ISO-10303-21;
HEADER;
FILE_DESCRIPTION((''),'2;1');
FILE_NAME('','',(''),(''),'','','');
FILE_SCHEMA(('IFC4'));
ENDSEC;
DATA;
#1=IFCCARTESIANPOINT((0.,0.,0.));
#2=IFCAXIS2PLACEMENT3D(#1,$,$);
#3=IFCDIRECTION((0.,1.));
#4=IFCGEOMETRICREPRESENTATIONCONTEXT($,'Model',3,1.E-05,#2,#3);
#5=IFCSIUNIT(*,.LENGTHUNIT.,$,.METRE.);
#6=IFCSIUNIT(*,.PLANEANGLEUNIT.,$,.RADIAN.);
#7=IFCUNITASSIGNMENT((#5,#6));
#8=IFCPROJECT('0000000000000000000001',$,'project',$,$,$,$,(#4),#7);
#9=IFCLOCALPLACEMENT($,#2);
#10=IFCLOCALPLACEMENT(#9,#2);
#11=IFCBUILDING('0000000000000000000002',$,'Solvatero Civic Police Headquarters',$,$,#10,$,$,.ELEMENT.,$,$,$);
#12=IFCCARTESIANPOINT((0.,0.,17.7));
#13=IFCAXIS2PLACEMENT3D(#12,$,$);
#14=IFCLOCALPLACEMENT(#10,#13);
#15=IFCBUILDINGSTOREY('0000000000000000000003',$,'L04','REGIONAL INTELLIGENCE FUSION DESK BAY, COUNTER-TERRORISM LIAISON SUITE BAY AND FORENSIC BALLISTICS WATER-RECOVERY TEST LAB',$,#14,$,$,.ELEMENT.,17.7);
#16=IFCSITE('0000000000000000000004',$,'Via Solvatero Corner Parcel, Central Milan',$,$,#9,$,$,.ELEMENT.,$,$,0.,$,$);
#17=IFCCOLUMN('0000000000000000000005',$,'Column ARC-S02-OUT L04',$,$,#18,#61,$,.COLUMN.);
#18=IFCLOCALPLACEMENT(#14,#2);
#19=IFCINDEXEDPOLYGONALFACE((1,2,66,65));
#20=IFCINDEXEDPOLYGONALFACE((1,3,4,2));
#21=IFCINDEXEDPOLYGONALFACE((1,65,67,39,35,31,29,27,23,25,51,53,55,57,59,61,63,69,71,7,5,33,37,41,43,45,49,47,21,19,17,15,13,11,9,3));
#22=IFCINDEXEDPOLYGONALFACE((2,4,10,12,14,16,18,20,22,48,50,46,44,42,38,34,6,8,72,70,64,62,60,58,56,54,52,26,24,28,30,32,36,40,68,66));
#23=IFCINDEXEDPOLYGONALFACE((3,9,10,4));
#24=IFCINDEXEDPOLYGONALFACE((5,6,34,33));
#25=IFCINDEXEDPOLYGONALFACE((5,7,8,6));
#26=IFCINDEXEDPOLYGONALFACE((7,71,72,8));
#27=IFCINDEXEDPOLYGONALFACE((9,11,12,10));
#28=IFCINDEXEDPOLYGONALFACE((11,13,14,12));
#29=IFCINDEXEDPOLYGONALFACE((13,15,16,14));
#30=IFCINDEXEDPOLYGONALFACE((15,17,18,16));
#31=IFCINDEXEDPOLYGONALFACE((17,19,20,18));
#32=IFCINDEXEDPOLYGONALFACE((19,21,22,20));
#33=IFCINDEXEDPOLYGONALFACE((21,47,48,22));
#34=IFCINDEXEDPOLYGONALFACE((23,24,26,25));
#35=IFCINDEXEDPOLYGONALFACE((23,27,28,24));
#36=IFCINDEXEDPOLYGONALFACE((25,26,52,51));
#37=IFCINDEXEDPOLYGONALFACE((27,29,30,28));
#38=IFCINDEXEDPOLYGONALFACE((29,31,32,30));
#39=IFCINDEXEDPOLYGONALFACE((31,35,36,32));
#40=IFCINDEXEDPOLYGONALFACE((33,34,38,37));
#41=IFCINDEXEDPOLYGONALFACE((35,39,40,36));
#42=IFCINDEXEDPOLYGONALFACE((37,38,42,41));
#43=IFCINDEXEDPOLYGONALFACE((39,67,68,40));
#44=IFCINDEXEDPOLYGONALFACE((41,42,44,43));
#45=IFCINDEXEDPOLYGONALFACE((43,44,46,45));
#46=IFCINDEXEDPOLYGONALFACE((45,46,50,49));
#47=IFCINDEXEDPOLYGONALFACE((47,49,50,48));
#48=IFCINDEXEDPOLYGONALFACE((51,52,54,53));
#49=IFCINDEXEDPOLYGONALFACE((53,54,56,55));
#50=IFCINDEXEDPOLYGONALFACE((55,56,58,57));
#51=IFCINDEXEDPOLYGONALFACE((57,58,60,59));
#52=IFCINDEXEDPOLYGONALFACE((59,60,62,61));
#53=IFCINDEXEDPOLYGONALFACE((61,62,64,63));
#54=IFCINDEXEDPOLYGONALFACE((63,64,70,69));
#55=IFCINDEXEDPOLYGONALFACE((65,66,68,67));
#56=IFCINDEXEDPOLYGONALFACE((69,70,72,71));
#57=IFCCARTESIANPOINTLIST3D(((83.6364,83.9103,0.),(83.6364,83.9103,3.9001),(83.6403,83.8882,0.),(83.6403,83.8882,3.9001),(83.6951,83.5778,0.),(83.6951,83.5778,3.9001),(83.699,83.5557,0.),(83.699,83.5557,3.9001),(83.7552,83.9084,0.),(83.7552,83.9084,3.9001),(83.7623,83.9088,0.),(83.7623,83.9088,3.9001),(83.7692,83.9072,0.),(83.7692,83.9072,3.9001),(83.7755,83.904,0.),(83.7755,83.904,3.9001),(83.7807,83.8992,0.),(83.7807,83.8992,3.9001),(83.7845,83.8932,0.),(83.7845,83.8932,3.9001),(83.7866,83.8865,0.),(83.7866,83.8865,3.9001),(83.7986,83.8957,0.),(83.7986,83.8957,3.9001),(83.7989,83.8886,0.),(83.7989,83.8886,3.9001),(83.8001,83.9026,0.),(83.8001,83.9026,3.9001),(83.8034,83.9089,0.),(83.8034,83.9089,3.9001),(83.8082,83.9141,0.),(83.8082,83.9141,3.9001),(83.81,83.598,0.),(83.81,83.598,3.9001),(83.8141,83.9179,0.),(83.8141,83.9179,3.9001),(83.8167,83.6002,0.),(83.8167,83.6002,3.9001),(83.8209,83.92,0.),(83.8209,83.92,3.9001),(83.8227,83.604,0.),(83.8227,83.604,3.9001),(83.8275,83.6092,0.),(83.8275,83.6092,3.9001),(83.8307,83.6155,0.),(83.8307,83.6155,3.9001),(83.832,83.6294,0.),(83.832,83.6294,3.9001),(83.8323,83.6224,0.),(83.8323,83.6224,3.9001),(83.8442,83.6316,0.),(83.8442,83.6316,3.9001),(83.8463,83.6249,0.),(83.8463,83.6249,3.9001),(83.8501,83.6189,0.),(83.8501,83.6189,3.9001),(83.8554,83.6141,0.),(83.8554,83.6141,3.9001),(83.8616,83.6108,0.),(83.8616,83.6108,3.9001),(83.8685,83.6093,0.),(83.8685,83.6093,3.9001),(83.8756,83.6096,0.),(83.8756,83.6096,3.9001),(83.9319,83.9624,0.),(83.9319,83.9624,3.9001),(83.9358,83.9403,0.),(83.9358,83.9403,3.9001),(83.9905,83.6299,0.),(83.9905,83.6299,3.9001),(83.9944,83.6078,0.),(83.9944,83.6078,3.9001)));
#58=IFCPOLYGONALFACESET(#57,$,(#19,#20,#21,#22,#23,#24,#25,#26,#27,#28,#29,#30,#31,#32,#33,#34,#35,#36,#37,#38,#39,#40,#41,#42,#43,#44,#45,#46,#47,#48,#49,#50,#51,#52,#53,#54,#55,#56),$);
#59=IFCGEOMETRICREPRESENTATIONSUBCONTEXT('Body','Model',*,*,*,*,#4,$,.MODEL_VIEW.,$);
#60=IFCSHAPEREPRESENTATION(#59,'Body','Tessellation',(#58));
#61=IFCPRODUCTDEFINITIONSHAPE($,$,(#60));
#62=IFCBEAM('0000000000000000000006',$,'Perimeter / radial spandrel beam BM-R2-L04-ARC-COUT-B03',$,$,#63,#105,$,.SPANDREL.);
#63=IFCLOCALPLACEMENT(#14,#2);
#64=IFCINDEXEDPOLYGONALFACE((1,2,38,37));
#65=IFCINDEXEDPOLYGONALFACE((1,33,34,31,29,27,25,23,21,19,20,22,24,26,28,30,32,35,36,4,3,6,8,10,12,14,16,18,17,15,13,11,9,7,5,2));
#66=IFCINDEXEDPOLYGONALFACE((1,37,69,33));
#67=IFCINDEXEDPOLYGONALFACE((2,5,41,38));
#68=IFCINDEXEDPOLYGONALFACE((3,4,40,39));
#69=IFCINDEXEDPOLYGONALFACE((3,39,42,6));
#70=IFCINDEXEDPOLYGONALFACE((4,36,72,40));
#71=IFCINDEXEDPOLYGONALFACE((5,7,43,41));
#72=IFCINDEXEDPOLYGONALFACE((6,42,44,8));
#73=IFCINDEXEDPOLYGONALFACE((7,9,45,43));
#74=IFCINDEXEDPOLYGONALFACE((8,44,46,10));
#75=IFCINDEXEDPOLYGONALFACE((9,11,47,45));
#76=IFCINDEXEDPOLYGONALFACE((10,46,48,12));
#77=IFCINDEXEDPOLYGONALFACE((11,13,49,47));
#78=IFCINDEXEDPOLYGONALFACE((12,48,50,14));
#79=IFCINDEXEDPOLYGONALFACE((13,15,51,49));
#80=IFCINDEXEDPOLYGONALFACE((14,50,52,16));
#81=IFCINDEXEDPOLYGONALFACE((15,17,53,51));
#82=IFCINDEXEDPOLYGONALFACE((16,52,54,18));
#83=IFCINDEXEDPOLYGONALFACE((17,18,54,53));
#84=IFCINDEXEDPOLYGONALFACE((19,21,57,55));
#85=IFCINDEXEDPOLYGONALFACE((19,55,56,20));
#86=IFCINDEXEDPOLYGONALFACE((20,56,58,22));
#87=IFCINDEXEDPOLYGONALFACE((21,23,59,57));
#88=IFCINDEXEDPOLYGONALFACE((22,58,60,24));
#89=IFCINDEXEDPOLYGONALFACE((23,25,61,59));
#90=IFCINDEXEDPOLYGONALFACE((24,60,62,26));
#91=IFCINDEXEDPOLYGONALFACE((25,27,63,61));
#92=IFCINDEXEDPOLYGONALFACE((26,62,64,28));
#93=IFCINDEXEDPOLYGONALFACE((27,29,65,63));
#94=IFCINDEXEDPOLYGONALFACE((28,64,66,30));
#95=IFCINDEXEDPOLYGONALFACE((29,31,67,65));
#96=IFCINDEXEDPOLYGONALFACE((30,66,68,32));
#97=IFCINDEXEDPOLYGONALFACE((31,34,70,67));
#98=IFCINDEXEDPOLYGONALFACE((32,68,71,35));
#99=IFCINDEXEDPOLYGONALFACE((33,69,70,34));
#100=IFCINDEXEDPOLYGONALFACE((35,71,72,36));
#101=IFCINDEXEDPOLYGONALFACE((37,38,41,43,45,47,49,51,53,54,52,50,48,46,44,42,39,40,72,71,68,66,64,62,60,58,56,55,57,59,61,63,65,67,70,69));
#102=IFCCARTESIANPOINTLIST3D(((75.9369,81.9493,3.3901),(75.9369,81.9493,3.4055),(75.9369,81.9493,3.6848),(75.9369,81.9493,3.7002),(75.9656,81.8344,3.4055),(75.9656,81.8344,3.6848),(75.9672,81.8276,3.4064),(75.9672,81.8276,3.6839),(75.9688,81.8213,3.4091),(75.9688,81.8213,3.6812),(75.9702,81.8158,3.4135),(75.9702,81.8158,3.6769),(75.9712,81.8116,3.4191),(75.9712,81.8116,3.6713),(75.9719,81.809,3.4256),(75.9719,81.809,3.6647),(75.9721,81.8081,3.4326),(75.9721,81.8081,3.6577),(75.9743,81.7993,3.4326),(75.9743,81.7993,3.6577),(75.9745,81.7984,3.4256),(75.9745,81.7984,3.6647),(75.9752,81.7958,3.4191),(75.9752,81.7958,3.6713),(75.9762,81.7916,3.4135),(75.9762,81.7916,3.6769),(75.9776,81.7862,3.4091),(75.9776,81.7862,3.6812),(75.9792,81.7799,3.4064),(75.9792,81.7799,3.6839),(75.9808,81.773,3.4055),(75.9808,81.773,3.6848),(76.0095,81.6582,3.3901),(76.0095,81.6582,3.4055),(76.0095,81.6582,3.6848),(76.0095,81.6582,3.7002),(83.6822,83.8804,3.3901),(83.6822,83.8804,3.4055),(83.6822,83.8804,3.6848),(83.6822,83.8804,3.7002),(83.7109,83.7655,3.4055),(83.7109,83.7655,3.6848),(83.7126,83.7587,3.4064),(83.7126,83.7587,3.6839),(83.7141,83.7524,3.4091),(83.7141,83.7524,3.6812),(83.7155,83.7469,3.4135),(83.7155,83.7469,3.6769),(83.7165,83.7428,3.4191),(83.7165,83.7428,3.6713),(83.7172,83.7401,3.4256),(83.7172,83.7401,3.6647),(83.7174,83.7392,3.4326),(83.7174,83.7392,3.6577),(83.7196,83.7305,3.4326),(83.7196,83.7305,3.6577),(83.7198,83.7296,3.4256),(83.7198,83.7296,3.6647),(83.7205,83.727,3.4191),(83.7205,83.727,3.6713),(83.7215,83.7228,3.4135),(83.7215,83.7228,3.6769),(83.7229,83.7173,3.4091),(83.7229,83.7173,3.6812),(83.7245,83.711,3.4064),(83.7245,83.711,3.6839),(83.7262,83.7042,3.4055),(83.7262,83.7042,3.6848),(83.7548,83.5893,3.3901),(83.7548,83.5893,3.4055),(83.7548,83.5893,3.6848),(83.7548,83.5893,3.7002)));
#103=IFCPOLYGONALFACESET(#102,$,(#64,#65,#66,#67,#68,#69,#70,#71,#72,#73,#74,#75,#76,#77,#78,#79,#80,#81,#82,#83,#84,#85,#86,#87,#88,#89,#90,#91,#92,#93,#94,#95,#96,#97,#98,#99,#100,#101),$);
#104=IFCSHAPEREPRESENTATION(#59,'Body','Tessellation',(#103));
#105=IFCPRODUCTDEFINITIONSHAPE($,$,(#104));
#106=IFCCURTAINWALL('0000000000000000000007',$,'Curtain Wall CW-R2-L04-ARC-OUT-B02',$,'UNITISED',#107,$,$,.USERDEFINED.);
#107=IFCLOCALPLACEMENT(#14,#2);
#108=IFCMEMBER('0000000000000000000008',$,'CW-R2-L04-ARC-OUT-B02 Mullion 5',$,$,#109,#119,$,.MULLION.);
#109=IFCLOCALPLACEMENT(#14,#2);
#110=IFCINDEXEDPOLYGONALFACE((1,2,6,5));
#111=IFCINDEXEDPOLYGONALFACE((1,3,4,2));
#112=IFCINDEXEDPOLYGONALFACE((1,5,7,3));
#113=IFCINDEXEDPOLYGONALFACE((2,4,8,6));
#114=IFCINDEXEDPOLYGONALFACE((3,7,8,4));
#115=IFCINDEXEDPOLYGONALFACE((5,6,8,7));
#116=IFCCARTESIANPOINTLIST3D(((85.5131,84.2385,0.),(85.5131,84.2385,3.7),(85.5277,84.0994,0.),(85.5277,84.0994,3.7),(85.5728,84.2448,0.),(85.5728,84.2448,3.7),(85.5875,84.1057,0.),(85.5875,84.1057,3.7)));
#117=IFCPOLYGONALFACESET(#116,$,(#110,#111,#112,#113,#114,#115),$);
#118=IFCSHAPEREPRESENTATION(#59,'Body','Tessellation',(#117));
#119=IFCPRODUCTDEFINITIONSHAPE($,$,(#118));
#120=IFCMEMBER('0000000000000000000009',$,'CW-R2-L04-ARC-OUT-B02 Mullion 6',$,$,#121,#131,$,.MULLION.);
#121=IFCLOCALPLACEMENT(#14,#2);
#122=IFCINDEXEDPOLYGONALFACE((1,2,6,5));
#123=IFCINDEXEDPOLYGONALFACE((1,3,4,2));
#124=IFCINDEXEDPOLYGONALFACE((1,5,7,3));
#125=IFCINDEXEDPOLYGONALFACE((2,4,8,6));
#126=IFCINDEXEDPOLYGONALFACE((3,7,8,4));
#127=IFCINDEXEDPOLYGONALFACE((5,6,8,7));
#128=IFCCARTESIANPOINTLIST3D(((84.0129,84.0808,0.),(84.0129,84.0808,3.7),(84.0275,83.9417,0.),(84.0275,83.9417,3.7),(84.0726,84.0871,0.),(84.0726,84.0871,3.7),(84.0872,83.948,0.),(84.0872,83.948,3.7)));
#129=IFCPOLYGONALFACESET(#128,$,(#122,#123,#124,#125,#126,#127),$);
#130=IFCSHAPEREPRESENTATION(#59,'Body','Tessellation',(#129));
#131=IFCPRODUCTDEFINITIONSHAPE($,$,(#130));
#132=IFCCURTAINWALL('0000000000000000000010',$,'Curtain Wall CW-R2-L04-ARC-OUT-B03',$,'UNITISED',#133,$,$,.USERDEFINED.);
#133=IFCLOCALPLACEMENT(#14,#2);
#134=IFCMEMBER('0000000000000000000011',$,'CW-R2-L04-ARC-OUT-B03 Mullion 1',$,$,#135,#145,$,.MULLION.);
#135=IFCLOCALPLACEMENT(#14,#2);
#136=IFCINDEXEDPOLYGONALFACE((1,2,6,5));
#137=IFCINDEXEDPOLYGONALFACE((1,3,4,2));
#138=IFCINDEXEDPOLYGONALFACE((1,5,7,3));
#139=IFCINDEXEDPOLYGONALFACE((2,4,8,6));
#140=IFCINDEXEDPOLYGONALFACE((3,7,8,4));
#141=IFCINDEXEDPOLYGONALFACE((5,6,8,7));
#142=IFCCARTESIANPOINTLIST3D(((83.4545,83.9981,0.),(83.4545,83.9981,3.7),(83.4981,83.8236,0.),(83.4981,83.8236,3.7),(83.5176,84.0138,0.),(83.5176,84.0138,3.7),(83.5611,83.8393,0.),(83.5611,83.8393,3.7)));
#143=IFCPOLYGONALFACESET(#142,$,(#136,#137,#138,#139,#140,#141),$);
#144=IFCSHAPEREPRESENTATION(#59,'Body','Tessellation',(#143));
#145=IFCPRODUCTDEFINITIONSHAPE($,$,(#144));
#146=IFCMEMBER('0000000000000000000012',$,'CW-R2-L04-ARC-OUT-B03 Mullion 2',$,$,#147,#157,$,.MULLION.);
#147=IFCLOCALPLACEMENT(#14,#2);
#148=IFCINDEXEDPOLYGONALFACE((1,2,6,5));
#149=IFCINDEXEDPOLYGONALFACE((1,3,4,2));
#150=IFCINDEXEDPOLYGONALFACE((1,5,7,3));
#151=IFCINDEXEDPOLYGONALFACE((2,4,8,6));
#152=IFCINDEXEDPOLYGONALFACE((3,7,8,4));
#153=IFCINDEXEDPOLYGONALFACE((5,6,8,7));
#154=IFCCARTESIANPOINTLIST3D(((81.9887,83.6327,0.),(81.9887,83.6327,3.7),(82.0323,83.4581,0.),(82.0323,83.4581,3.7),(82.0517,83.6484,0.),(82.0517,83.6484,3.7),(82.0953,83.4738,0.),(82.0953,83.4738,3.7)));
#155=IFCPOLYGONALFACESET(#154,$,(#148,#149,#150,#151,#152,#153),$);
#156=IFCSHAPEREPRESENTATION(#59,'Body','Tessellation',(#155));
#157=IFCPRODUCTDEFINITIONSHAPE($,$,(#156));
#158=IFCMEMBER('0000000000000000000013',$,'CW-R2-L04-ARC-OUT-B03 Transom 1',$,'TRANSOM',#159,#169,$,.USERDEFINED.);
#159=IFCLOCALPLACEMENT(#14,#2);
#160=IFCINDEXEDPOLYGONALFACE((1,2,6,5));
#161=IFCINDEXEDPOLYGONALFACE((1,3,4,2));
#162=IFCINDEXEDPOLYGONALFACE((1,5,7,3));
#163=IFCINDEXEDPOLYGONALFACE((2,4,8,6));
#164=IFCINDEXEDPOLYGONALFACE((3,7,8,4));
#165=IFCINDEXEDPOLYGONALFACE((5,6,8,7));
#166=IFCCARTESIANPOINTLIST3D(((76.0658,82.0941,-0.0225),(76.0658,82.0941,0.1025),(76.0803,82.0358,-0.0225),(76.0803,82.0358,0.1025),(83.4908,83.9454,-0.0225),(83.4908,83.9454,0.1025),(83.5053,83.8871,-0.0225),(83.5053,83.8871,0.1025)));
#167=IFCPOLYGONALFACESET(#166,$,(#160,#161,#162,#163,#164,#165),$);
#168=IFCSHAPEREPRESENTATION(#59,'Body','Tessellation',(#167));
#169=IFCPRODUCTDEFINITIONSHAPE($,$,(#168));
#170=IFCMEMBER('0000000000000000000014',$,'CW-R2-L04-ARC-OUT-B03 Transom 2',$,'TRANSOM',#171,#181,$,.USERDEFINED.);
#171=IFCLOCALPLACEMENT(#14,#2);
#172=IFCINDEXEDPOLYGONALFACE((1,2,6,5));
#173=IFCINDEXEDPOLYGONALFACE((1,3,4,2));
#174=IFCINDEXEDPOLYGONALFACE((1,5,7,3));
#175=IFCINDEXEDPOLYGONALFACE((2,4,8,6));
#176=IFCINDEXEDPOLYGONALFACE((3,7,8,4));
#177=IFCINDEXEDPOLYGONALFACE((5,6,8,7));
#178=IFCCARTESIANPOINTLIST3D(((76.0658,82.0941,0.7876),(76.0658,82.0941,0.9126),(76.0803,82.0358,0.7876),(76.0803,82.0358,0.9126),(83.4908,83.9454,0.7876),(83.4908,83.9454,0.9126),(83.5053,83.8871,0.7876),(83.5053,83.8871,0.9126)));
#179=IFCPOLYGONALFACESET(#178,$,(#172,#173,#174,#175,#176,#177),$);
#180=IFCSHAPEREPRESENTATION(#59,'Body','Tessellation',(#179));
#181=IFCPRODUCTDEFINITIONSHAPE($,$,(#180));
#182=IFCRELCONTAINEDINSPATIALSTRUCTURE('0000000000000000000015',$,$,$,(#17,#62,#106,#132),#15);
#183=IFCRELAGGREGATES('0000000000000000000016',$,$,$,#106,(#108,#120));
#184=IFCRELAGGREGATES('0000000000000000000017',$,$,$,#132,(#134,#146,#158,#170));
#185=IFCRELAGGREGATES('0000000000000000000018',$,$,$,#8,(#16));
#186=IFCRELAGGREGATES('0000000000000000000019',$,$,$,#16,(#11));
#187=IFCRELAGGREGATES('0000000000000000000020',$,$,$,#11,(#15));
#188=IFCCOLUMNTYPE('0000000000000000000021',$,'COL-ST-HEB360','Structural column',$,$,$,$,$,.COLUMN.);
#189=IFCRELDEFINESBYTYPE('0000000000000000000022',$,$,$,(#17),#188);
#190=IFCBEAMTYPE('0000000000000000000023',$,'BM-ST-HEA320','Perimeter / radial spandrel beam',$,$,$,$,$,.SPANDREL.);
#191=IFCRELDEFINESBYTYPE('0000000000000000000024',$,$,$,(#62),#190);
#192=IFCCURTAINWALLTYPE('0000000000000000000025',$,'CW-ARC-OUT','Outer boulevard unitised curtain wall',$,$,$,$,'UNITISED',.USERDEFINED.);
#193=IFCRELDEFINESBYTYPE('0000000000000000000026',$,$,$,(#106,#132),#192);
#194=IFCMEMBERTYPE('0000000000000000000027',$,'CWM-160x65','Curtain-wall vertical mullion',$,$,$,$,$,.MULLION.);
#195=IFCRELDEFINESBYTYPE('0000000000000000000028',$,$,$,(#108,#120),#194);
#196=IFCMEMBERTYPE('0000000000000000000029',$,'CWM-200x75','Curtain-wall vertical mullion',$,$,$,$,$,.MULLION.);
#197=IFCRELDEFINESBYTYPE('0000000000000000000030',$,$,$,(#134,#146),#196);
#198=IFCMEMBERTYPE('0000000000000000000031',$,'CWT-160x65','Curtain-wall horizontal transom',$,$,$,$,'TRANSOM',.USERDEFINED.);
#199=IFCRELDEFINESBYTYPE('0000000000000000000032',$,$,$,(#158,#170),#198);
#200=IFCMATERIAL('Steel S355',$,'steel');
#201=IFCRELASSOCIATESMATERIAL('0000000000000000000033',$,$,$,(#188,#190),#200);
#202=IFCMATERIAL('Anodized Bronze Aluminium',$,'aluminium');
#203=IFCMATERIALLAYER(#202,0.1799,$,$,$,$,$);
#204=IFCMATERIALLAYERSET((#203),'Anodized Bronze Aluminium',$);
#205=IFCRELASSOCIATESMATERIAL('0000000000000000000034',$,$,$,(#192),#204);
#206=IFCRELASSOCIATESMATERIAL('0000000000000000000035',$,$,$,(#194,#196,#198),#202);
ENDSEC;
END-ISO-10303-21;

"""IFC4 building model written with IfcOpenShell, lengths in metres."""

from ifc_helpers import new_model, si_unit, direction, frame, origin, origin_2d, place, context, subcontext, project, spatial, rectangle, i_section, extrude, material, layer, layer_set, material_profile, profile_set, type_object, element, aggregate, save


model = new_model("IFC4")

# Units and contexts
model_context = context("Model", 3, precision=1e-05, world=origin(), true_north=direction((0.0, 1.0)))
body_context = subcontext(model_context, "Body", "Model", "MODEL_VIEW")
ifc_project = project(units=[si_unit("LENGTHUNIT", "METRE"), si_unit("PLANEANGLEUNIT", "RADIAN")], contexts=[model_context])

# Site, building, storey
site_placement = place(None, origin())
site = spatial("IfcSite", under=ifc_project, at=site_placement, Name="Via Solvatero Corner Parcel, Central Milan", CompositionType="ELEMENT", RefElevation=0.0)
building_placement = place(site_placement, origin())
building = spatial("IfcBuilding", under=site, at=building_placement, Name="Solvatero Civic Police Headquarters", CompositionType="ELEMENT")
storey_placement = place(building_placement, frame((0.0, 0.0, 17.7)))
storey = spatial("IfcBuildingStorey", under=building, at=storey_placement, Name="L04", Description="REGIONAL INTELLIGENCE FUSION DESK BAY, COUNTER-TERRORISM LIAISON SUITE BAY AND FORENSIC BALLISTICS WATER-RECOVERY TEST LAB", CompositionType="ELEMENT", Elevation=17.7)

# Column
ifc_material_1 = material(Name="Steel S355", Category="steel")
ifc_material_profile_1 = material_profile(ifc_material_1, i_section(OverallWidth=0.3, OverallDepth=0.3601, WebThickness=0.0125, FlangeThickness=0.0225, FilletRadius=0.0271, at=origin_2d()), Name="HEB 360")
ifc_profile_set_1 = profile_set([ifc_material_profile_1], Name="Steel S355")
column_type = type_object("IfcColumnType", Name="COL-ST-HEB360", Description="Structural column", PredefinedType="COLUMN", material=ifc_profile_set_1)
column_placement = place(storey_placement, frame((83.8154, 83.759, 0.0), z_axis=(0.0, 0.0, 1.0), x_axis=(0.984808, 0.173648, 0.0)))
element("IfcColumn", 1, at=column_placement, inside=storey, type_object=column_type, Name="Column ARC-S02-OUT L04", PredefinedType="COLUMN", context=body_context, shape_type="SweptSolid", body=[
    extrude(i_section(OverallWidth=0.3, OverallDepth=0.3601, WebThickness=0.0125, FlangeThickness=0.0225, FilletRadius=0.0271, at=origin_2d()), origin(), (0.0, 0.0, 1.0), 3.9001),
])

# Beam
ifc_material_profile_2 = material_profile(ifc_material_1, i_section(OverallWidth=0.3, OverallDepth=0.3101, WebThickness=0.009, FlangeThickness=0.0154, FilletRadius=0.0271, at=origin_2d()), Name="HEA 320")
ifc_profile_set_2 = profile_set([ifc_material_profile_2], Name="Steel S355")
beam_type = type_object("IfcBeamType", Name="BM-ST-HEA320", Description="Perimeter / radial spandrel beam", PredefinedType="SPANDREL", material=ifc_profile_set_2)
beam_placement = place(storey_placement, frame((83.7185, 83.7349, 3.5452), z_axis=(-0.970295, -0.241924, 0.0), x_axis=(0.241924, -0.970295, 0.0)))
element("IfcBeam", 2, at=beam_placement, inside=storey, type_object=beam_type, Name="Perimeter / radial spandrel beam BM-R2-L04-ARC-COUT-B03", PredefinedType="SPANDREL", context=body_context, shape_type="SweptSolid", body=[
    extrude(i_section(OverallWidth=0.3, OverallDepth=0.3101, WebThickness=0.009, FlangeThickness=0.0154, FilletRadius=0.0271, at=origin_2d()), origin(), (0.0, 0.0, 1.0), 7.9824),
])

# Curtain walls, members
ifc_material_2 = material(Name="Anodized Bronze Aluminium", Category="aluminium")
ifc_layer_1 = layer(ifc_material_2, 0.1799)
ifc_layer_set_1 = layer_set([ifc_layer_1], Name="Anodized Bronze Aluminium")
curtain_wall_type = type_object("IfcCurtainWallType", Name="CW-ARC-OUT", Description="Outer boulevard unitised curtain wall", ElementType="UNITISED", PredefinedType="USERDEFINED", material=ifc_layer_set_1)
curtain_wall_1_placement = place(storey_placement, origin())
curtain_wall_1 = element("IfcCurtainWall", 3, at=curtain_wall_1_placement, inside=storey, type_object=curtain_wall_type, Name="Curtain Wall CW-R2-L04-ARC-OUT-B02", ObjectType="UNITISED", PredefinedType="USERDEFINED")
ifc_material_profile_3 = material_profile(ifc_material_2, rectangle(XDim=0.0601, YDim=0.1399, at=origin_2d()), Name="ALU MULLION 60x140")
ifc_profile_set_3 = profile_set([ifc_material_profile_3], Name="Anodized Bronze Aluminium")
member_type_1 = type_object("IfcMemberType", Name="CWM-160x65", Description="Curtain-wall vertical mullion", PredefinedType="MULLION", material=ifc_profile_set_3)
member_1_placement = place(storey_placement, frame((85.5503, 84.1721, 0.0), z_axis=(0.0, 0.0, 1.0), x_axis=(-0.994524, -0.104511, 0.0)))
member_1 = element("IfcMember", 4, at=member_1_placement, type_object=member_type_1, Name="CW-R2-L04-ARC-OUT-B02 Mullion 5", PredefinedType="MULLION", context=body_context, shape_type="SweptSolid", body=[
    extrude(rectangle(XDim=0.0601, YDim=0.1399, at=origin_2d()), origin(), (0.0, 0.0, 1.0), 3.7),
])
member_2_placement = place(storey_placement, frame((84.05, 84.0144, 0.0), z_axis=(0.0, 0.0, 1.0), x_axis=(-0.994524, -0.104511, 0.0)))
member_2 = element("IfcMember", 5, at=member_2_placement, type_object=member_type_1, Name="CW-R2-L04-ARC-OUT-B02 Mullion 6", PredefinedType="MULLION", context=body_context, shape_type="SweptSolid", body=[
    extrude(rectangle(XDim=0.0601, YDim=0.1399, at=origin_2d()), origin(), (0.0, 0.0, 1.0), 3.7),
])
curtain_wall_2_placement = place(storey_placement, origin())
curtain_wall_2 = element("IfcCurtainWall", 6, at=curtain_wall_2_placement, inside=storey, type_object=curtain_wall_type, Name="Curtain Wall CW-R2-L04-ARC-OUT-B03", ObjectType="UNITISED", PredefinedType="USERDEFINED")
ifc_material_profile_4 = material_profile(ifc_material_2, rectangle(XDim=0.0649, YDim=0.1799, at=origin_2d()), Name="ALU MULLION 65x180")
ifc_profile_set_4 = profile_set([ifc_material_profile_4], Name="Anodized Bronze Aluminium")
member_type_2 = type_object("IfcMemberType", Name="CWM-200x75", Description="Curtain-wall vertical mullion", PredefinedType="MULLION", material=ifc_profile_set_4)
member_3_placement = place(storey_placement, frame((83.5078, 83.9187, 0.0), z_axis=(0.0, 0.0, 1.0), x_axis=(-0.970296, -0.241922, 0.0)))
member_3 = element("IfcMember", 7, at=member_3_placement, type_object=member_type_2, Name="CW-R2-L04-ARC-OUT-B03 Mullion 1", PredefinedType="MULLION", context=body_context, shape_type="SweptSolid", body=[
    extrude(rectangle(XDim=0.0649, YDim=0.1799, at=origin_2d()), origin(), (0.0, 0.0, 1.0), 3.7),
])
member_4_placement = place(storey_placement, frame((82.042, 83.5532, 0.0), z_axis=(0.0, 0.0, 1.0), x_axis=(-0.970296, -0.241922, 0.0)))
member_4 = element("IfcMember", 8, at=member_4_placement, type_object=member_type_2, Name="CW-R2-L04-ARC-OUT-B03 Mullion 2", PredefinedType="MULLION", context=body_context, shape_type="SweptSolid", body=[
    extrude(rectangle(XDim=0.0649, YDim=0.1799, at=origin_2d()), origin(), (0.0, 0.0, 1.0), 3.7),
])
ifc_material_profile_5 = material_profile(ifc_material_2, rectangle(XDim=0.0601, YDim=0.125, at=origin_2d()), Name="ALU TRANSOM 60x125")
ifc_profile_set_5 = profile_set([ifc_material_profile_5], Name="Anodized Bronze Aluminium")
member_type_3 = type_object("IfcMemberType", Name="CWT-160x65", Description="Curtain-wall horizontal transom", ElementType="TRANSOM", PredefinedType="USERDEFINED", material=ifc_profile_set_5)
member_5_placement = place(storey_placement, frame((83.498, 83.9163, 0.04), z_axis=(-0.970294, -0.241928, 0.0), x_axis=(0.241928, -0.970294, 0.0)))
member_5 = element("IfcMember", 9, at=member_5_placement, type_object=member_type_3, Name="CW-R2-L04-ARC-OUT-B03 Transom 1", ObjectType="TRANSOM", PredefinedType="USERDEFINED", context=body_context, shape_type="SweptSolid", body=[
    extrude(rectangle(XDim=0.0601, YDim=0.125, at=origin_2d()), origin(), (0.0, 0.0, 1.0), 7.6523),
])
member_6_placement = place(storey_placement, frame((83.498, 83.9163, 0.8501), z_axis=(-0.970294, -0.241928, 0.0), x_axis=(0.241928, -0.970294, 0.0)))
member_6 = element("IfcMember", 10, at=member_6_placement, type_object=member_type_3, Name="CW-R2-L04-ARC-OUT-B03 Transom 2", ObjectType="TRANSOM", PredefinedType="USERDEFINED", context=body_context, shape_type="SweptSolid", body=[
    extrude(rectangle(XDim=0.0601, YDim=0.125, at=origin_2d()), origin(), (0.0, 0.0, 1.0), 7.6523),
])

aggregate(curtain_wall_1, [member_1, member_2])
aggregate(curtain_wall_2, [member_3, member_4, member_5, member_6])

save(model, "model.ifc")
